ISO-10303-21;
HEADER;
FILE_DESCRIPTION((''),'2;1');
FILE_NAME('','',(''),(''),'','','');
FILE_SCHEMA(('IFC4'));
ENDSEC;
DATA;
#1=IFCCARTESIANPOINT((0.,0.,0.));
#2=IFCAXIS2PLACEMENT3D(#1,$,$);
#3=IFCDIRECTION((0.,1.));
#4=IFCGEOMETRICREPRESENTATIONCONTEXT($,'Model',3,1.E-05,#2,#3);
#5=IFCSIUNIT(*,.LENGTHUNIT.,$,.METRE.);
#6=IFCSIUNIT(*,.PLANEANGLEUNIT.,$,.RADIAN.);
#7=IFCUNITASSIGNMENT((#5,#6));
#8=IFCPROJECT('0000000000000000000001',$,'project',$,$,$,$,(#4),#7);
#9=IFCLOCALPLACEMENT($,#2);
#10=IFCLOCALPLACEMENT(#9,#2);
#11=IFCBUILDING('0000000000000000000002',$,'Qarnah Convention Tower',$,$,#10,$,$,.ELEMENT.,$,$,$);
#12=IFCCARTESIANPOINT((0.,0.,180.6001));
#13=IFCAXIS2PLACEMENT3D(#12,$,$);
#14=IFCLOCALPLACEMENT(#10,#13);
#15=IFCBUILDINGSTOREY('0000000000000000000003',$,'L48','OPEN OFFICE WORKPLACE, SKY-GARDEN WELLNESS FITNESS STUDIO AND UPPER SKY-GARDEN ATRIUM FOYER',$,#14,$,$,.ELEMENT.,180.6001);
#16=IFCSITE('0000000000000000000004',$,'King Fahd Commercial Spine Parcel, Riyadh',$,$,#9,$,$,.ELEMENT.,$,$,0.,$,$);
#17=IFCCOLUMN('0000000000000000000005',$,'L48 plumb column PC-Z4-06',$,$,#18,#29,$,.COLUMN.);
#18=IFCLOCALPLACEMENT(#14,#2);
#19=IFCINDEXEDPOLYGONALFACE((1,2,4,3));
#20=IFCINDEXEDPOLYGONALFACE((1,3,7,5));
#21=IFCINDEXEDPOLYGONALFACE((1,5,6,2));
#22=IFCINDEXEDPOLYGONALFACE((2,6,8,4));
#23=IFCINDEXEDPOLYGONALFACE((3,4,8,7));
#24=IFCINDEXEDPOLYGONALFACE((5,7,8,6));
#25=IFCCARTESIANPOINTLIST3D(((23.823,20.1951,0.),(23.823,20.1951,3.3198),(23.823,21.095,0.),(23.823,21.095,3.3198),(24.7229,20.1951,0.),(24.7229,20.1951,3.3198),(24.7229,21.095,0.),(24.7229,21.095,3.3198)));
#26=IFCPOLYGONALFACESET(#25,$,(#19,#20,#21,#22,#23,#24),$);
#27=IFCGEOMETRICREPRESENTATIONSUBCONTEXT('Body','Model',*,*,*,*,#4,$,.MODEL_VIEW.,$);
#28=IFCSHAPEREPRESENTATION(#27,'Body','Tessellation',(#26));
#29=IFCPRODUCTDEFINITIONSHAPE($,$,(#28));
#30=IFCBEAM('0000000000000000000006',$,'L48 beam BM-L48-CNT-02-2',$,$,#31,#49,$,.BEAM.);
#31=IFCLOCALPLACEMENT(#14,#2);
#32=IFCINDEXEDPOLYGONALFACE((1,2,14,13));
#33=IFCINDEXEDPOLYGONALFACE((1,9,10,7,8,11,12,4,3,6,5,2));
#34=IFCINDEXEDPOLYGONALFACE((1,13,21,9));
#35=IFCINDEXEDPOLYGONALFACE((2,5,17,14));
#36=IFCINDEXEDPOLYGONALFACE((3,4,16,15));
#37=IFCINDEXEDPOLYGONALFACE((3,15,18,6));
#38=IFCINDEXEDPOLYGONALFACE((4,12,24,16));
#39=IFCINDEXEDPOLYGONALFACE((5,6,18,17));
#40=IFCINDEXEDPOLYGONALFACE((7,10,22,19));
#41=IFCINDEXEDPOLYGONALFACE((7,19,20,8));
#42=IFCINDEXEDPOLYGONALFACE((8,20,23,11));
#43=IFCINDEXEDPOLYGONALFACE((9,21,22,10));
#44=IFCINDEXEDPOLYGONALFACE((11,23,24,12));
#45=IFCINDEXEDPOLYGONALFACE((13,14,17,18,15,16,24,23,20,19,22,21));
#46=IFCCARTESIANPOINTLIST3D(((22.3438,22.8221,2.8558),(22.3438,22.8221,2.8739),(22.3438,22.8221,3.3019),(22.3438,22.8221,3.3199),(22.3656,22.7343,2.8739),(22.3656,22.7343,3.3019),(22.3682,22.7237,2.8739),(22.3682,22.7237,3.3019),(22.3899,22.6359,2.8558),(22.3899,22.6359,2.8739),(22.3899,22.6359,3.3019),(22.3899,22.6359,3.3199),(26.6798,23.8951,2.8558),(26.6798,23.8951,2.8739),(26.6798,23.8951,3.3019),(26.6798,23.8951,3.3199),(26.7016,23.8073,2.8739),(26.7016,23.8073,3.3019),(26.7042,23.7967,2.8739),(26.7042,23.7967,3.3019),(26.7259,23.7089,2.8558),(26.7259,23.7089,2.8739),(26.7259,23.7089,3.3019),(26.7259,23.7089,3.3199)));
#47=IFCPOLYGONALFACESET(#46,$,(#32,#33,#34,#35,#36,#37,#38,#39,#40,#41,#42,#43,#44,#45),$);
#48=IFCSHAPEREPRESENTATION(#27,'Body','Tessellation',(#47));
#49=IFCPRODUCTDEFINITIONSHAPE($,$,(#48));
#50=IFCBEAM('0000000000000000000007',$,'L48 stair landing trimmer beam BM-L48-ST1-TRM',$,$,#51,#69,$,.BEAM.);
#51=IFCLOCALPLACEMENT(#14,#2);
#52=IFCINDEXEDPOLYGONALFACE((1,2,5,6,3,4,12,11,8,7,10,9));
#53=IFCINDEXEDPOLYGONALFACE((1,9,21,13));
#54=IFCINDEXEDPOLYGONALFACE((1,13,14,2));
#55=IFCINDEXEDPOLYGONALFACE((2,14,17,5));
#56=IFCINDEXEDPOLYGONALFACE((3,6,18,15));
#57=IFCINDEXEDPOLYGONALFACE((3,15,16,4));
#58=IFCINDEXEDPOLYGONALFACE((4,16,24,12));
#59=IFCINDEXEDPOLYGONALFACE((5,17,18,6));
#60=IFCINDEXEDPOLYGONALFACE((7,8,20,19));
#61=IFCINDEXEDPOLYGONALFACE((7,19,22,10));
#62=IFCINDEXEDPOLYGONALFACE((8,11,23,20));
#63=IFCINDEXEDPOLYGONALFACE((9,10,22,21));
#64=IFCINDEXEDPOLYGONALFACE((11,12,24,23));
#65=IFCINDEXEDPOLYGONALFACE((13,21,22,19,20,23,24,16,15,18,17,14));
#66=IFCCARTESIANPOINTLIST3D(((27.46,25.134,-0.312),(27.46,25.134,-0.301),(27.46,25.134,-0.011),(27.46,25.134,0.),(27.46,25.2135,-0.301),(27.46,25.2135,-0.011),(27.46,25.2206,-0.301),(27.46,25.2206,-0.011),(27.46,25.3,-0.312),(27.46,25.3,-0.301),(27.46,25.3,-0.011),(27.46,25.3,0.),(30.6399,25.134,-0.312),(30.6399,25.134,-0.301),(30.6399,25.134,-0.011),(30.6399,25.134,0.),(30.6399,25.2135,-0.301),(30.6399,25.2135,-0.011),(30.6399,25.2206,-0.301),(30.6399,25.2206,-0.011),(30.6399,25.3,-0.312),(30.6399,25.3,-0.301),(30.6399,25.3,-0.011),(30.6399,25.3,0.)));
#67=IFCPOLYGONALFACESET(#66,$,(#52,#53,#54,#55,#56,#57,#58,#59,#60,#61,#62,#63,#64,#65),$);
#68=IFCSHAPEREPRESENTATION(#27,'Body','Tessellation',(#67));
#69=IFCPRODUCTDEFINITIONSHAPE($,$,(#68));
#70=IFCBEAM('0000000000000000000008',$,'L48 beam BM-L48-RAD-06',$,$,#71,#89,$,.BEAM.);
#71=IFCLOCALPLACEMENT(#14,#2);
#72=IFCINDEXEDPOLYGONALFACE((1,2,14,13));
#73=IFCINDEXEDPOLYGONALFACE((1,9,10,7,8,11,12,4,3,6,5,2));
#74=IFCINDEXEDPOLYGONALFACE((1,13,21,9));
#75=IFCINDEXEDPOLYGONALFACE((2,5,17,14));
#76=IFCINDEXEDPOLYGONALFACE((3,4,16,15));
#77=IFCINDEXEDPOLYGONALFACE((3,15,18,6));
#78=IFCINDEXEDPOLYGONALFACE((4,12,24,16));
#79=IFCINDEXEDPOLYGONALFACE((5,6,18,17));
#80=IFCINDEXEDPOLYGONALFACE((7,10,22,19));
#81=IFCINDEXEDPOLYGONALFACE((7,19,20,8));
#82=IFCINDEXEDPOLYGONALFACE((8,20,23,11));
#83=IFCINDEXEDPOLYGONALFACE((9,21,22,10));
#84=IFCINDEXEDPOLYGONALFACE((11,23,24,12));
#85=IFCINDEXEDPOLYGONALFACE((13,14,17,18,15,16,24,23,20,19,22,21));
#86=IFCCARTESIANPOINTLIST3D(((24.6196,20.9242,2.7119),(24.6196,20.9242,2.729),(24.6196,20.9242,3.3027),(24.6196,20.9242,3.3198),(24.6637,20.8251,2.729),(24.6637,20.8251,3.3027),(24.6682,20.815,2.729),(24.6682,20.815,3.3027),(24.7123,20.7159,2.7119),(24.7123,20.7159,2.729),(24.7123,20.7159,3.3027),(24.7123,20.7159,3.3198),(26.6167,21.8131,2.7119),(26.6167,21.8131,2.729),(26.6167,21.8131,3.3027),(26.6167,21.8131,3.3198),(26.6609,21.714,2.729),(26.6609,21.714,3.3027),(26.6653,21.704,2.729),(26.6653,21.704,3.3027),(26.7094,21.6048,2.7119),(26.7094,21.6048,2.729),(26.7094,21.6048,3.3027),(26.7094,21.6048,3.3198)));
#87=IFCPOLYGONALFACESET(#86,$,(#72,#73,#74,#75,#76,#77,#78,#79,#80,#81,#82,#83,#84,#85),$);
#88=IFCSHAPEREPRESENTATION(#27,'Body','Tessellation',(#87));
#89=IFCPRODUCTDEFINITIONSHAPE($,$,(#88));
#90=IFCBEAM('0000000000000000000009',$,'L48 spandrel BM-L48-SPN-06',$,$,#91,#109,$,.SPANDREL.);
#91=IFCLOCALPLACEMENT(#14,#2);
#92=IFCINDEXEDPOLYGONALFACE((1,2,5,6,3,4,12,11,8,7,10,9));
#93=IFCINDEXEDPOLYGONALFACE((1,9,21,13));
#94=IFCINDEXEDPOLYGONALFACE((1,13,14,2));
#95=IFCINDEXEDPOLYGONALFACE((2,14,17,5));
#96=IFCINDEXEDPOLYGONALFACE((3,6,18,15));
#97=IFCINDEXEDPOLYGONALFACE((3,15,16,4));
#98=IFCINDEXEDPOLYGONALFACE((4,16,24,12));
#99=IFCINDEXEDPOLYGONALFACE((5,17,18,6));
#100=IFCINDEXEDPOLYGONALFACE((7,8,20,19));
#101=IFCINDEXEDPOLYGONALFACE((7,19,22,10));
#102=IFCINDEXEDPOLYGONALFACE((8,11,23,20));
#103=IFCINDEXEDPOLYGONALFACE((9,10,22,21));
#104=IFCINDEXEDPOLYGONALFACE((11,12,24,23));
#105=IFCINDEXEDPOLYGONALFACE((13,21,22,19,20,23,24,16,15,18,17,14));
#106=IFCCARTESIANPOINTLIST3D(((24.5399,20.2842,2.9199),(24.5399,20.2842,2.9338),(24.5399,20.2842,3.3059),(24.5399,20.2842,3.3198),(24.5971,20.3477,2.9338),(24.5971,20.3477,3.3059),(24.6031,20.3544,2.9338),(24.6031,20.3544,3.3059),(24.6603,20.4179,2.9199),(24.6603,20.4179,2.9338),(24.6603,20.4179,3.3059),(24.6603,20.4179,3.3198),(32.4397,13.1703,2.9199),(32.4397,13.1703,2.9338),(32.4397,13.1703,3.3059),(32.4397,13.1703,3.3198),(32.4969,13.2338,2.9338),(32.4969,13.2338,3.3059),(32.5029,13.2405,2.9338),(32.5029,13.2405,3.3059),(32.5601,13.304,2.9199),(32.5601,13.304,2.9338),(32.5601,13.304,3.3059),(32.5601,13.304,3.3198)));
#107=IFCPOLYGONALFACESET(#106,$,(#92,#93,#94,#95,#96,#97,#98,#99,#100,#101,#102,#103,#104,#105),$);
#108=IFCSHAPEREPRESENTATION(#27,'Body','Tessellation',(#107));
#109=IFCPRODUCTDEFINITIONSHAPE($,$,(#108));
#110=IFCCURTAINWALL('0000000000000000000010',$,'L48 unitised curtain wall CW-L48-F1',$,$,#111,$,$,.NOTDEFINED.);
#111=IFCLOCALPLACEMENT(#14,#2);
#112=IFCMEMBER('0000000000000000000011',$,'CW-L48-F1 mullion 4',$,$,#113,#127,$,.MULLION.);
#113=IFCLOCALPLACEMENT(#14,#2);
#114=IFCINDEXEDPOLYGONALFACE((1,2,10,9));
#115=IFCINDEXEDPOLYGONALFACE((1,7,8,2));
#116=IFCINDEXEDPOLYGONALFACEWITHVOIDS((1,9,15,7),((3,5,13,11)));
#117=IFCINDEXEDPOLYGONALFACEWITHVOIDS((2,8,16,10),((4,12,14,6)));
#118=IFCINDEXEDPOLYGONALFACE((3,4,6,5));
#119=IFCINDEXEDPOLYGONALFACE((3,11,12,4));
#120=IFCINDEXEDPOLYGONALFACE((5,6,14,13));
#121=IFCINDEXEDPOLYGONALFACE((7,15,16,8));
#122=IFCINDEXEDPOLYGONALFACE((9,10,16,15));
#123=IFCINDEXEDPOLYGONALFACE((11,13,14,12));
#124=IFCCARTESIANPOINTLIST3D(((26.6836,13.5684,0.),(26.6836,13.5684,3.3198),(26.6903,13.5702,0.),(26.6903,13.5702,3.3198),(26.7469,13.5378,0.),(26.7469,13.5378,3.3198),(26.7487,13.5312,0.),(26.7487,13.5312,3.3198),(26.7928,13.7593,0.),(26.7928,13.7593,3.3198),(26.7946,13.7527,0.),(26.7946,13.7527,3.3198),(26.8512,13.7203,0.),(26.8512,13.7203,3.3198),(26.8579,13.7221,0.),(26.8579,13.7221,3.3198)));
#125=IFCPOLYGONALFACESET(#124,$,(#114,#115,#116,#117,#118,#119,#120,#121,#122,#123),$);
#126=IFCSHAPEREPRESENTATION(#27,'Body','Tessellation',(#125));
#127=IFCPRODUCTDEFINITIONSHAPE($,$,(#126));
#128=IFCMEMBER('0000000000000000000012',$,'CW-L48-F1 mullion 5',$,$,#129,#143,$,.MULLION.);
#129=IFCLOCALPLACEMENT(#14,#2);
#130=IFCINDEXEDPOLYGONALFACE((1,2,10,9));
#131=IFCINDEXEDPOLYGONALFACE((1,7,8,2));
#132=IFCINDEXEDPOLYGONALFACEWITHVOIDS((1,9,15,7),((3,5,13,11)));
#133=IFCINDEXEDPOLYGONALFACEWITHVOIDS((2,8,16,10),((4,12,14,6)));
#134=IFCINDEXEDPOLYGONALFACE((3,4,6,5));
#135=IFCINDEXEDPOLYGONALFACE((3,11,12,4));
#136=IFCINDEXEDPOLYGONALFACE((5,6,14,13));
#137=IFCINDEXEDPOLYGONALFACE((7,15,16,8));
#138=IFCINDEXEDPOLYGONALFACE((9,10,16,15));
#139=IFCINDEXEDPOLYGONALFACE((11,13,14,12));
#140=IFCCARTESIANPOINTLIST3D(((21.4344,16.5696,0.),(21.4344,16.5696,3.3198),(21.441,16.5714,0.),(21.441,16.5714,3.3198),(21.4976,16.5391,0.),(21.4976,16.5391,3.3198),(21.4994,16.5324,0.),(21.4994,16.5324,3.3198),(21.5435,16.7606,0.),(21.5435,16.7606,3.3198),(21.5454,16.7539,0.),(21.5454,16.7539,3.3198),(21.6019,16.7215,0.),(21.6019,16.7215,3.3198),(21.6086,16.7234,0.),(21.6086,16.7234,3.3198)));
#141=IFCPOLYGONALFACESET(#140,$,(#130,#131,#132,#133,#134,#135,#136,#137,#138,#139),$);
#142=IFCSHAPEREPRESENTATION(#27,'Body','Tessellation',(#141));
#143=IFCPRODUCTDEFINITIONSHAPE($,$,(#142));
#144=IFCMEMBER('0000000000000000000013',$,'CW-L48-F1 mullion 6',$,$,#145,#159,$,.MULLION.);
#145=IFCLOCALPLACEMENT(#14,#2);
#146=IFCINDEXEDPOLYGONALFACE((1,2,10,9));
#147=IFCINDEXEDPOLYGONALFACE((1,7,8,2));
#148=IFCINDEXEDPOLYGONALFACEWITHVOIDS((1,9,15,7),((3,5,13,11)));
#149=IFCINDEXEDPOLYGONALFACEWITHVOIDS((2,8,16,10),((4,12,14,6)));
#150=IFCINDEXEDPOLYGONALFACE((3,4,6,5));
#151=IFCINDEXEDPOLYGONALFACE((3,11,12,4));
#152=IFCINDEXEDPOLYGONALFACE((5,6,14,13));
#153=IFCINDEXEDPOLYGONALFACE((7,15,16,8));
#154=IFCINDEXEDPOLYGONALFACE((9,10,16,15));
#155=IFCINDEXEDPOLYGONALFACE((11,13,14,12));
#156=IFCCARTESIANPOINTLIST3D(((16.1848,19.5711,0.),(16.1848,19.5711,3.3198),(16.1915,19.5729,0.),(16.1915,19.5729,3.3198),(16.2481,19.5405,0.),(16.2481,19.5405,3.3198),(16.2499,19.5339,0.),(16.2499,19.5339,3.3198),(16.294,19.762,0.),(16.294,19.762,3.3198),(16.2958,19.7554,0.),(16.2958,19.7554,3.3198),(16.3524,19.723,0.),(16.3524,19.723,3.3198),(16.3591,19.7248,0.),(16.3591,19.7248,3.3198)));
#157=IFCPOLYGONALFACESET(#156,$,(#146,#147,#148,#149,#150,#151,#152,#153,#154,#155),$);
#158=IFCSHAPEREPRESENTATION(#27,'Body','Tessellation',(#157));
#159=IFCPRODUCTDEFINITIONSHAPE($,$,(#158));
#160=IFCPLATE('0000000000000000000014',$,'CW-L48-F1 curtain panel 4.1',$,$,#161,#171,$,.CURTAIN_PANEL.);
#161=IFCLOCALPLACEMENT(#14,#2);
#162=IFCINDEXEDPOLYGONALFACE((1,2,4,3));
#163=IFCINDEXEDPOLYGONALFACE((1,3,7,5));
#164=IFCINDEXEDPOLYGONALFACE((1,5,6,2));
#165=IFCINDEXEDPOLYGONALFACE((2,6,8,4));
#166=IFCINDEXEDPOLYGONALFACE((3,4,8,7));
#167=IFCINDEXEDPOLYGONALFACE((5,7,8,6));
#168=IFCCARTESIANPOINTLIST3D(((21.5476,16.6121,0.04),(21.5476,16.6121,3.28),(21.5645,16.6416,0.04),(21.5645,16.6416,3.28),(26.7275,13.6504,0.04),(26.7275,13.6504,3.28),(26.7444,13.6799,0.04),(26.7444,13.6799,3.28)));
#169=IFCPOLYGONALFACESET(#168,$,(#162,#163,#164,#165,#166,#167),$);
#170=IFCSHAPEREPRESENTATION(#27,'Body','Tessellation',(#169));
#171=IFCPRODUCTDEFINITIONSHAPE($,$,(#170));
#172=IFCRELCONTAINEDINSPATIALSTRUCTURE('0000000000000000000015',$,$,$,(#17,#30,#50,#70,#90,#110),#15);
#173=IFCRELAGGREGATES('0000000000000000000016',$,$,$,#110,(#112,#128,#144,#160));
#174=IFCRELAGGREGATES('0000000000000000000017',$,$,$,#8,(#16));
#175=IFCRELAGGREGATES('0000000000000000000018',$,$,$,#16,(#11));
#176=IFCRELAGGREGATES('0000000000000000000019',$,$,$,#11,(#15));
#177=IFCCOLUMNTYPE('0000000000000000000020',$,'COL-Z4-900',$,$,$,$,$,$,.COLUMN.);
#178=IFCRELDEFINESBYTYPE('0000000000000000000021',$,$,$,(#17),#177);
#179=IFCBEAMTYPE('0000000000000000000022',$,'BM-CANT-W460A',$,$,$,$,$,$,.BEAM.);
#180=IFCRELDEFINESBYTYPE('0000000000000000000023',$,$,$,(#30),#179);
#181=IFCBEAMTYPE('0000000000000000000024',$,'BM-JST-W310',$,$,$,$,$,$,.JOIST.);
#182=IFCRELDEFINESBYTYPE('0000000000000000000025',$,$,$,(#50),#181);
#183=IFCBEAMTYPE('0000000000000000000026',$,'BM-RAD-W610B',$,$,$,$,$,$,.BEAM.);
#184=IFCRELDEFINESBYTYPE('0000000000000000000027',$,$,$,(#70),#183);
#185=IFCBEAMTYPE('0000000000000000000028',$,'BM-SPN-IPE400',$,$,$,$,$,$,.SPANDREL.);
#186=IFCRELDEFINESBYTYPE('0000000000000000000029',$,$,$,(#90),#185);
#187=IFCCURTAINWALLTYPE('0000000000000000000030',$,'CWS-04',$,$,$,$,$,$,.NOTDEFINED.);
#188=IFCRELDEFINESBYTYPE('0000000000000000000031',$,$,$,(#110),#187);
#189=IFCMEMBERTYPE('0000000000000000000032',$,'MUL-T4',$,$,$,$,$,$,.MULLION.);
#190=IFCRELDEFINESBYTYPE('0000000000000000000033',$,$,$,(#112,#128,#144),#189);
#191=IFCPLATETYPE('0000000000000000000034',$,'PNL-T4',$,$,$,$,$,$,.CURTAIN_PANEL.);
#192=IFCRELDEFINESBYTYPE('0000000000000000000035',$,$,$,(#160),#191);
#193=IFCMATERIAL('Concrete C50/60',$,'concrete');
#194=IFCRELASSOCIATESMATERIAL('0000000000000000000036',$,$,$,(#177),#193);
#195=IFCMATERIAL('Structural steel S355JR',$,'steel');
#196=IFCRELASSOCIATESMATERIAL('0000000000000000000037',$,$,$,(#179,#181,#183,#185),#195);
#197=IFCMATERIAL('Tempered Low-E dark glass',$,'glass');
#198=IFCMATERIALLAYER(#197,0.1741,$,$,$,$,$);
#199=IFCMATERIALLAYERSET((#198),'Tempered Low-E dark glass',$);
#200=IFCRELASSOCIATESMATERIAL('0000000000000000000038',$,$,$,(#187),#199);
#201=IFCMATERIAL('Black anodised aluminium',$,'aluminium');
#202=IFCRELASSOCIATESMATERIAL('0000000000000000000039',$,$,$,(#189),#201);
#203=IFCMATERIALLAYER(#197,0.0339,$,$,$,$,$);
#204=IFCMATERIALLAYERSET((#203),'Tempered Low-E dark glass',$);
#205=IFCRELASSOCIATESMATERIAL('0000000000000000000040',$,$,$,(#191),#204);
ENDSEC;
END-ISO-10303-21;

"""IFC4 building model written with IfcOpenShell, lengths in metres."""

from ifc_helpers import new_model, si_unit, direction, frame, origin, origin_2d, place, context, subcontext, project, spatial, rectangle, hollow_rectangle, i_section, extrude, material, layer, layer_set, material_profile, profile_set, type_object, element, aggregate, save


model = new_model("IFC4")

# Units and contexts
model_context = context("Model", 3, precision=1e-05, world=origin(), true_north=direction((0.0, 1.0)))
body_context = subcontext(model_context, "Body", "Model", "MODEL_VIEW")
ifc_project = project(units=[si_unit("LENGTHUNIT", "METRE"), si_unit("PLANEANGLEUNIT", "RADIAN")], contexts=[model_context])

# Site, building, storey
site_placement = place(None, origin())
site = spatial("IfcSite", under=ifc_project, at=site_placement, Name="King Fahd Commercial Spine Parcel, Riyadh", CompositionType="ELEMENT", RefElevation=0.0)
building_placement = place(site_placement, origin())
building = spatial("IfcBuilding", under=site, at=building_placement, Name="Qarnah Convention Tower", CompositionType="ELEMENT")
storey_placement = place(building_placement, frame((0.0, 0.0, 180.6001)))
storey = spatial("IfcBuildingStorey", under=building, at=storey_placement, Name="L48", Description="OPEN OFFICE WORKPLACE, SKY-GARDEN WELLNESS FITNESS STUDIO AND UPPER SKY-GARDEN ATRIUM FOYER", CompositionType="ELEMENT", Elevation=180.6001)

# Column
ifc_material_1 = material(Name="Concrete C50/60", Category="concrete")
ifc_material_profile_1 = material_profile(ifc_material_1, rectangle(XDim=0.8999, YDim=0.8999, at=origin_2d()), Name="RC-COL-900X900")
ifc_profile_set_1 = profile_set([ifc_material_profile_1], Name="Concrete C50/60")
column_type = type_object("IfcColumnType", Name="COL-Z4-900", PredefinedType="COLUMN", material=ifc_profile_set_1)
column_placement = place(storey_placement, frame((24.2729, 20.645, 0.0), z_axis=(0.0, 0.0, 1.0), x_axis=(1.0, 0.0, 0.0)))
element("IfcColumn", 1, at=column_placement, inside=storey, type_object=column_type, Name="L48 plumb column PC-Z4-06", PredefinedType="COLUMN", context=body_context, shape_type="SweptSolid", body=[
    extrude(rectangle(XDim=0.8999, YDim=0.8999, at=origin_2d()), origin(), (0.0, 0.0, 1.0), 3.3198),
])

# Beams
ifc_material_2 = material(Name="Structural steel S355JR", Category="steel")
ifc_material_profile_2 = material_profile(ifc_material_2, i_section(OverallWidth=0.1919, OverallDepth=0.4641, WebThickness=0.011, FlangeThickness=0.0181, at=origin_2d()), Name="W460X89")
ifc_profile_set_2 = profile_set([ifc_material_profile_2], Name="Structural steel S355JR")
beam_type_1 = type_object("IfcBeamType", Name="BM-CANT-W460A", PredefinedType="BEAM", material=ifc_profile_set_2)
beam_1_placement = place(storey_placement, frame((26.7029, 23.802, 3.0879), z_axis=(-0.970718, -0.24022, 0.0), x_axis=(0.24022, -0.970718, 0.0)))
element("IfcBeam", 2, at=beam_1_placement, inside=storey, type_object=beam_type_1, Name="L48 beam BM-L48-CNT-02-2", PredefinedType="BEAM", context=body_context, shape_type="SweptSolid", body=[
    extrude(i_section(OverallWidth=0.1919, OverallDepth=0.4641, WebThickness=0.011, FlangeThickness=0.0181, at=origin_2d()), origin(), (0.0, 0.0, 1.0), 4.4668),
])
ifc_material_profile_3 = material_profile(ifc_material_2, i_section(OverallWidth=0.166, OverallDepth=0.312, WebThickness=0.0071, FlangeThickness=0.011, at=origin_2d()), Name="W310X45")
ifc_profile_set_3 = profile_set([ifc_material_profile_3], Name="Structural steel S355JR")
beam_type_2 = type_object("IfcBeamType", Name="BM-JST-W310", PredefinedType="JOIST", material=ifc_profile_set_3)
beam_2_placement = place(storey_placement, frame((27.46, 25.217, -0.156), z_axis=(1.0, 0.0, 0.0), x_axis=(0.0, 1.0, 0.0)))
element("IfcBeam", 3, at=beam_2_placement, inside=storey, type_object=beam_type_2, Name="L48 stair landing trimmer beam BM-L48-ST1-TRM", PredefinedType="BEAM", context=body_context, shape_type="SweptSolid", body=[
    extrude(i_section(OverallWidth=0.166, OverallDepth=0.312, WebThickness=0.0071, FlangeThickness=0.011, at=origin_2d()), origin(), (0.0, 0.0, 1.0), 3.1799),
])
ifc_material_profile_4 = material_profile(ifc_material_2, i_section(OverallWidth=0.228, OverallDepth=0.6079, WebThickness=0.011, FlangeThickness=0.0171, at=origin_2d()), Name="W610X113")
ifc_profile_set_4 = profile_set([ifc_material_profile_4], Name="Structural steel S355JR")
beam_type_3 = type_object("IfcBeamType", Name="BM-RAD-W610B", PredefinedType="BEAM", material=ifc_profile_set_4)
beam_3_placement = place(storey_placement, frame((26.6631, 21.709, 3.0159), z_axis=(-0.913586, -0.406646, 0.0), x_axis=(0.406646, -0.913586, 0.0)))
element("IfcBeam", 4, at=beam_3_placement, inside=storey, type_object=beam_type_3, Name="L48 beam BM-L48-RAD-06", PredefinedType="BEAM", context=body_context, shape_type="SweptSolid", body=[
    extrude(i_section(OverallWidth=0.228, OverallDepth=0.6079, WebThickness=0.011, FlangeThickness=0.0171, at=origin_2d()), origin(), (0.0, 0.0, 1.0), 2.186),
])
ifc_material_profile_5 = material_profile(ifc_material_2, i_section(OverallWidth=0.1799, OverallDepth=0.3999, WebThickness=0.009, FlangeThickness=0.0139, at=origin_2d()), Name="IPE400")
ifc_profile_set_5 = profile_set([ifc_material_profile_5], Name="Structural steel S355JR")
beam_type_4 = type_object("IfcBeamType", Name="BM-SPN-IPE400", PredefinedType="SPANDREL", material=ifc_profile_set_5)
beam_4_placement = place(storey_placement, frame((24.6001, 20.3511, 3.1199), z_axis=(0.743102, -0.669178, 0.0), x_axis=(0.669178, 0.743102, 0.0)))
element("IfcBeam", 5, at=beam_4_placement, inside=storey, type_object=beam_type_4, Name="L48 spandrel BM-L48-SPN-06", PredefinedType="SPANDREL", context=body_context, shape_type="SweptSolid", body=[
    extrude(i_section(OverallWidth=0.1799, OverallDepth=0.3999, WebThickness=0.009, FlangeThickness=0.0139, at=origin_2d()), origin(), (0.0, 0.0, 1.0), 10.6309),
])

# Curtain wall, members, plate
ifc_material_3 = material(Name="Tempered Low-E dark glass", Category="glass")
ifc_layer_1 = layer(ifc_material_3, 0.1741)
ifc_layer_set_1 = layer_set([ifc_layer_1], Name="Tempered Low-E dark glass")
curtain_wall_type = type_object("IfcCurtainWallType", Name="CWS-04", PredefinedType="NOTDEFINED", material=ifc_layer_set_1)
curtain_wall_placement = place(storey_placement, origin())
curtain_wall = element("IfcCurtainWall", 6, at=curtain_wall_placement, inside=storey, type_object=curtain_wall_type, Name="L48 unitised curtain wall CW-L48-F1", PredefinedType="NOTDEFINED")
ifc_material_4 = material(Name="Black anodised aluminium", Category="aluminium")
ifc_material_profile_6 = material_profile(ifc_material_4, hollow_rectangle(XDim=0.075, YDim=0.22, WallThickness=0.0049, at=origin_2d()), Name="MUL-75X220")
ifc_profile_set_6 = profile_set([ifc_material_profile_6], Name="Black anodised aluminium")
member_type = type_object("IfcMemberType", Name="MUL-T4", PredefinedType="MULLION", material=ifc_profile_set_6)
member_1_placement = place(storey_placement, frame((26.7708, 13.6453, 0.0), z_axis=(0.0, 0.0, 1.0), x_axis=(-0.868119, 0.496356, 0.0)))
member_1 = element("IfcMember", 7, at=member_1_placement, type_object=member_type, Name="CW-L48-F1 mullion 4", PredefinedType="MULLION", context=body_context, shape_type="SweptSolid", body=[
    extrude(hollow_rectangle(XDim=0.075, YDim=0.22, WallThickness=0.0049, at=origin_2d()), origin(), (0.0, 0.0, 1.0), 3.3198),
])
member_2_placement = place(storey_placement, frame((21.5215, 16.6465, 0.0), z_axis=(0.0, 0.0, 1.0), x_axis=(-0.868119, 0.496356, 0.0)))
member_2 = element("IfcMember", 8, at=member_2_placement, type_object=member_type, Name="CW-L48-F1 mullion 5", PredefinedType="MULLION", context=body_context, shape_type="SweptSolid", body=[
    extrude(hollow_rectangle(XDim=0.075, YDim=0.22, WallThickness=0.0049, at=origin_2d()), origin(), (0.0, 0.0, 1.0), 3.3198),
])
member_3_placement = place(storey_placement, frame((16.272, 19.6479, 0.0), z_axis=(0.0, 0.0, 1.0), x_axis=(-0.868119, 0.496356, 0.0)))
member_3 = element("IfcMember", 9, at=member_3_placement, type_object=member_type, Name="CW-L48-F1 mullion 6", PredefinedType="MULLION", context=body_context, shape_type="SweptSolid", body=[
    extrude(hollow_rectangle(XDim=0.075, YDim=0.22, WallThickness=0.0049, at=origin_2d()), origin(), (0.0, 0.0, 1.0), 3.3198),
])
ifc_layer_2 = layer(ifc_material_3, 0.0339)
ifc_layer_set_2 = layer_set([ifc_layer_2], Name="Tempered Low-E dark glass")
plate_type = type_object("IfcPlateType", Name="PNL-T4", PredefinedType="CURTAIN_PANEL", material=ifc_layer_set_2)
plate_1_placement = place(storey_placement, frame((24.146, 15.146, 0.04), z_axis=(0.0, 0.0, 1.0), x_axis=(-0.868119, 0.496356, 0.0)))
plate_1 = element("IfcPlate", 10, at=plate_1_placement, type_object=plate_type, Name="CW-L48-F1 curtain panel 4.1", PredefinedType="CURTAIN_PANEL", context=body_context, shape_type="SweptSolid", body=[
    extrude(rectangle(XDim=5.9668, YDim=0.0339, at=origin_2d()), origin(), (0.0, 0.0, 1.0), 3.24),
])
aggregate(curtain_wall, [member_1, member_2, member_3, plate_1])

save(model, "model.ifc")
